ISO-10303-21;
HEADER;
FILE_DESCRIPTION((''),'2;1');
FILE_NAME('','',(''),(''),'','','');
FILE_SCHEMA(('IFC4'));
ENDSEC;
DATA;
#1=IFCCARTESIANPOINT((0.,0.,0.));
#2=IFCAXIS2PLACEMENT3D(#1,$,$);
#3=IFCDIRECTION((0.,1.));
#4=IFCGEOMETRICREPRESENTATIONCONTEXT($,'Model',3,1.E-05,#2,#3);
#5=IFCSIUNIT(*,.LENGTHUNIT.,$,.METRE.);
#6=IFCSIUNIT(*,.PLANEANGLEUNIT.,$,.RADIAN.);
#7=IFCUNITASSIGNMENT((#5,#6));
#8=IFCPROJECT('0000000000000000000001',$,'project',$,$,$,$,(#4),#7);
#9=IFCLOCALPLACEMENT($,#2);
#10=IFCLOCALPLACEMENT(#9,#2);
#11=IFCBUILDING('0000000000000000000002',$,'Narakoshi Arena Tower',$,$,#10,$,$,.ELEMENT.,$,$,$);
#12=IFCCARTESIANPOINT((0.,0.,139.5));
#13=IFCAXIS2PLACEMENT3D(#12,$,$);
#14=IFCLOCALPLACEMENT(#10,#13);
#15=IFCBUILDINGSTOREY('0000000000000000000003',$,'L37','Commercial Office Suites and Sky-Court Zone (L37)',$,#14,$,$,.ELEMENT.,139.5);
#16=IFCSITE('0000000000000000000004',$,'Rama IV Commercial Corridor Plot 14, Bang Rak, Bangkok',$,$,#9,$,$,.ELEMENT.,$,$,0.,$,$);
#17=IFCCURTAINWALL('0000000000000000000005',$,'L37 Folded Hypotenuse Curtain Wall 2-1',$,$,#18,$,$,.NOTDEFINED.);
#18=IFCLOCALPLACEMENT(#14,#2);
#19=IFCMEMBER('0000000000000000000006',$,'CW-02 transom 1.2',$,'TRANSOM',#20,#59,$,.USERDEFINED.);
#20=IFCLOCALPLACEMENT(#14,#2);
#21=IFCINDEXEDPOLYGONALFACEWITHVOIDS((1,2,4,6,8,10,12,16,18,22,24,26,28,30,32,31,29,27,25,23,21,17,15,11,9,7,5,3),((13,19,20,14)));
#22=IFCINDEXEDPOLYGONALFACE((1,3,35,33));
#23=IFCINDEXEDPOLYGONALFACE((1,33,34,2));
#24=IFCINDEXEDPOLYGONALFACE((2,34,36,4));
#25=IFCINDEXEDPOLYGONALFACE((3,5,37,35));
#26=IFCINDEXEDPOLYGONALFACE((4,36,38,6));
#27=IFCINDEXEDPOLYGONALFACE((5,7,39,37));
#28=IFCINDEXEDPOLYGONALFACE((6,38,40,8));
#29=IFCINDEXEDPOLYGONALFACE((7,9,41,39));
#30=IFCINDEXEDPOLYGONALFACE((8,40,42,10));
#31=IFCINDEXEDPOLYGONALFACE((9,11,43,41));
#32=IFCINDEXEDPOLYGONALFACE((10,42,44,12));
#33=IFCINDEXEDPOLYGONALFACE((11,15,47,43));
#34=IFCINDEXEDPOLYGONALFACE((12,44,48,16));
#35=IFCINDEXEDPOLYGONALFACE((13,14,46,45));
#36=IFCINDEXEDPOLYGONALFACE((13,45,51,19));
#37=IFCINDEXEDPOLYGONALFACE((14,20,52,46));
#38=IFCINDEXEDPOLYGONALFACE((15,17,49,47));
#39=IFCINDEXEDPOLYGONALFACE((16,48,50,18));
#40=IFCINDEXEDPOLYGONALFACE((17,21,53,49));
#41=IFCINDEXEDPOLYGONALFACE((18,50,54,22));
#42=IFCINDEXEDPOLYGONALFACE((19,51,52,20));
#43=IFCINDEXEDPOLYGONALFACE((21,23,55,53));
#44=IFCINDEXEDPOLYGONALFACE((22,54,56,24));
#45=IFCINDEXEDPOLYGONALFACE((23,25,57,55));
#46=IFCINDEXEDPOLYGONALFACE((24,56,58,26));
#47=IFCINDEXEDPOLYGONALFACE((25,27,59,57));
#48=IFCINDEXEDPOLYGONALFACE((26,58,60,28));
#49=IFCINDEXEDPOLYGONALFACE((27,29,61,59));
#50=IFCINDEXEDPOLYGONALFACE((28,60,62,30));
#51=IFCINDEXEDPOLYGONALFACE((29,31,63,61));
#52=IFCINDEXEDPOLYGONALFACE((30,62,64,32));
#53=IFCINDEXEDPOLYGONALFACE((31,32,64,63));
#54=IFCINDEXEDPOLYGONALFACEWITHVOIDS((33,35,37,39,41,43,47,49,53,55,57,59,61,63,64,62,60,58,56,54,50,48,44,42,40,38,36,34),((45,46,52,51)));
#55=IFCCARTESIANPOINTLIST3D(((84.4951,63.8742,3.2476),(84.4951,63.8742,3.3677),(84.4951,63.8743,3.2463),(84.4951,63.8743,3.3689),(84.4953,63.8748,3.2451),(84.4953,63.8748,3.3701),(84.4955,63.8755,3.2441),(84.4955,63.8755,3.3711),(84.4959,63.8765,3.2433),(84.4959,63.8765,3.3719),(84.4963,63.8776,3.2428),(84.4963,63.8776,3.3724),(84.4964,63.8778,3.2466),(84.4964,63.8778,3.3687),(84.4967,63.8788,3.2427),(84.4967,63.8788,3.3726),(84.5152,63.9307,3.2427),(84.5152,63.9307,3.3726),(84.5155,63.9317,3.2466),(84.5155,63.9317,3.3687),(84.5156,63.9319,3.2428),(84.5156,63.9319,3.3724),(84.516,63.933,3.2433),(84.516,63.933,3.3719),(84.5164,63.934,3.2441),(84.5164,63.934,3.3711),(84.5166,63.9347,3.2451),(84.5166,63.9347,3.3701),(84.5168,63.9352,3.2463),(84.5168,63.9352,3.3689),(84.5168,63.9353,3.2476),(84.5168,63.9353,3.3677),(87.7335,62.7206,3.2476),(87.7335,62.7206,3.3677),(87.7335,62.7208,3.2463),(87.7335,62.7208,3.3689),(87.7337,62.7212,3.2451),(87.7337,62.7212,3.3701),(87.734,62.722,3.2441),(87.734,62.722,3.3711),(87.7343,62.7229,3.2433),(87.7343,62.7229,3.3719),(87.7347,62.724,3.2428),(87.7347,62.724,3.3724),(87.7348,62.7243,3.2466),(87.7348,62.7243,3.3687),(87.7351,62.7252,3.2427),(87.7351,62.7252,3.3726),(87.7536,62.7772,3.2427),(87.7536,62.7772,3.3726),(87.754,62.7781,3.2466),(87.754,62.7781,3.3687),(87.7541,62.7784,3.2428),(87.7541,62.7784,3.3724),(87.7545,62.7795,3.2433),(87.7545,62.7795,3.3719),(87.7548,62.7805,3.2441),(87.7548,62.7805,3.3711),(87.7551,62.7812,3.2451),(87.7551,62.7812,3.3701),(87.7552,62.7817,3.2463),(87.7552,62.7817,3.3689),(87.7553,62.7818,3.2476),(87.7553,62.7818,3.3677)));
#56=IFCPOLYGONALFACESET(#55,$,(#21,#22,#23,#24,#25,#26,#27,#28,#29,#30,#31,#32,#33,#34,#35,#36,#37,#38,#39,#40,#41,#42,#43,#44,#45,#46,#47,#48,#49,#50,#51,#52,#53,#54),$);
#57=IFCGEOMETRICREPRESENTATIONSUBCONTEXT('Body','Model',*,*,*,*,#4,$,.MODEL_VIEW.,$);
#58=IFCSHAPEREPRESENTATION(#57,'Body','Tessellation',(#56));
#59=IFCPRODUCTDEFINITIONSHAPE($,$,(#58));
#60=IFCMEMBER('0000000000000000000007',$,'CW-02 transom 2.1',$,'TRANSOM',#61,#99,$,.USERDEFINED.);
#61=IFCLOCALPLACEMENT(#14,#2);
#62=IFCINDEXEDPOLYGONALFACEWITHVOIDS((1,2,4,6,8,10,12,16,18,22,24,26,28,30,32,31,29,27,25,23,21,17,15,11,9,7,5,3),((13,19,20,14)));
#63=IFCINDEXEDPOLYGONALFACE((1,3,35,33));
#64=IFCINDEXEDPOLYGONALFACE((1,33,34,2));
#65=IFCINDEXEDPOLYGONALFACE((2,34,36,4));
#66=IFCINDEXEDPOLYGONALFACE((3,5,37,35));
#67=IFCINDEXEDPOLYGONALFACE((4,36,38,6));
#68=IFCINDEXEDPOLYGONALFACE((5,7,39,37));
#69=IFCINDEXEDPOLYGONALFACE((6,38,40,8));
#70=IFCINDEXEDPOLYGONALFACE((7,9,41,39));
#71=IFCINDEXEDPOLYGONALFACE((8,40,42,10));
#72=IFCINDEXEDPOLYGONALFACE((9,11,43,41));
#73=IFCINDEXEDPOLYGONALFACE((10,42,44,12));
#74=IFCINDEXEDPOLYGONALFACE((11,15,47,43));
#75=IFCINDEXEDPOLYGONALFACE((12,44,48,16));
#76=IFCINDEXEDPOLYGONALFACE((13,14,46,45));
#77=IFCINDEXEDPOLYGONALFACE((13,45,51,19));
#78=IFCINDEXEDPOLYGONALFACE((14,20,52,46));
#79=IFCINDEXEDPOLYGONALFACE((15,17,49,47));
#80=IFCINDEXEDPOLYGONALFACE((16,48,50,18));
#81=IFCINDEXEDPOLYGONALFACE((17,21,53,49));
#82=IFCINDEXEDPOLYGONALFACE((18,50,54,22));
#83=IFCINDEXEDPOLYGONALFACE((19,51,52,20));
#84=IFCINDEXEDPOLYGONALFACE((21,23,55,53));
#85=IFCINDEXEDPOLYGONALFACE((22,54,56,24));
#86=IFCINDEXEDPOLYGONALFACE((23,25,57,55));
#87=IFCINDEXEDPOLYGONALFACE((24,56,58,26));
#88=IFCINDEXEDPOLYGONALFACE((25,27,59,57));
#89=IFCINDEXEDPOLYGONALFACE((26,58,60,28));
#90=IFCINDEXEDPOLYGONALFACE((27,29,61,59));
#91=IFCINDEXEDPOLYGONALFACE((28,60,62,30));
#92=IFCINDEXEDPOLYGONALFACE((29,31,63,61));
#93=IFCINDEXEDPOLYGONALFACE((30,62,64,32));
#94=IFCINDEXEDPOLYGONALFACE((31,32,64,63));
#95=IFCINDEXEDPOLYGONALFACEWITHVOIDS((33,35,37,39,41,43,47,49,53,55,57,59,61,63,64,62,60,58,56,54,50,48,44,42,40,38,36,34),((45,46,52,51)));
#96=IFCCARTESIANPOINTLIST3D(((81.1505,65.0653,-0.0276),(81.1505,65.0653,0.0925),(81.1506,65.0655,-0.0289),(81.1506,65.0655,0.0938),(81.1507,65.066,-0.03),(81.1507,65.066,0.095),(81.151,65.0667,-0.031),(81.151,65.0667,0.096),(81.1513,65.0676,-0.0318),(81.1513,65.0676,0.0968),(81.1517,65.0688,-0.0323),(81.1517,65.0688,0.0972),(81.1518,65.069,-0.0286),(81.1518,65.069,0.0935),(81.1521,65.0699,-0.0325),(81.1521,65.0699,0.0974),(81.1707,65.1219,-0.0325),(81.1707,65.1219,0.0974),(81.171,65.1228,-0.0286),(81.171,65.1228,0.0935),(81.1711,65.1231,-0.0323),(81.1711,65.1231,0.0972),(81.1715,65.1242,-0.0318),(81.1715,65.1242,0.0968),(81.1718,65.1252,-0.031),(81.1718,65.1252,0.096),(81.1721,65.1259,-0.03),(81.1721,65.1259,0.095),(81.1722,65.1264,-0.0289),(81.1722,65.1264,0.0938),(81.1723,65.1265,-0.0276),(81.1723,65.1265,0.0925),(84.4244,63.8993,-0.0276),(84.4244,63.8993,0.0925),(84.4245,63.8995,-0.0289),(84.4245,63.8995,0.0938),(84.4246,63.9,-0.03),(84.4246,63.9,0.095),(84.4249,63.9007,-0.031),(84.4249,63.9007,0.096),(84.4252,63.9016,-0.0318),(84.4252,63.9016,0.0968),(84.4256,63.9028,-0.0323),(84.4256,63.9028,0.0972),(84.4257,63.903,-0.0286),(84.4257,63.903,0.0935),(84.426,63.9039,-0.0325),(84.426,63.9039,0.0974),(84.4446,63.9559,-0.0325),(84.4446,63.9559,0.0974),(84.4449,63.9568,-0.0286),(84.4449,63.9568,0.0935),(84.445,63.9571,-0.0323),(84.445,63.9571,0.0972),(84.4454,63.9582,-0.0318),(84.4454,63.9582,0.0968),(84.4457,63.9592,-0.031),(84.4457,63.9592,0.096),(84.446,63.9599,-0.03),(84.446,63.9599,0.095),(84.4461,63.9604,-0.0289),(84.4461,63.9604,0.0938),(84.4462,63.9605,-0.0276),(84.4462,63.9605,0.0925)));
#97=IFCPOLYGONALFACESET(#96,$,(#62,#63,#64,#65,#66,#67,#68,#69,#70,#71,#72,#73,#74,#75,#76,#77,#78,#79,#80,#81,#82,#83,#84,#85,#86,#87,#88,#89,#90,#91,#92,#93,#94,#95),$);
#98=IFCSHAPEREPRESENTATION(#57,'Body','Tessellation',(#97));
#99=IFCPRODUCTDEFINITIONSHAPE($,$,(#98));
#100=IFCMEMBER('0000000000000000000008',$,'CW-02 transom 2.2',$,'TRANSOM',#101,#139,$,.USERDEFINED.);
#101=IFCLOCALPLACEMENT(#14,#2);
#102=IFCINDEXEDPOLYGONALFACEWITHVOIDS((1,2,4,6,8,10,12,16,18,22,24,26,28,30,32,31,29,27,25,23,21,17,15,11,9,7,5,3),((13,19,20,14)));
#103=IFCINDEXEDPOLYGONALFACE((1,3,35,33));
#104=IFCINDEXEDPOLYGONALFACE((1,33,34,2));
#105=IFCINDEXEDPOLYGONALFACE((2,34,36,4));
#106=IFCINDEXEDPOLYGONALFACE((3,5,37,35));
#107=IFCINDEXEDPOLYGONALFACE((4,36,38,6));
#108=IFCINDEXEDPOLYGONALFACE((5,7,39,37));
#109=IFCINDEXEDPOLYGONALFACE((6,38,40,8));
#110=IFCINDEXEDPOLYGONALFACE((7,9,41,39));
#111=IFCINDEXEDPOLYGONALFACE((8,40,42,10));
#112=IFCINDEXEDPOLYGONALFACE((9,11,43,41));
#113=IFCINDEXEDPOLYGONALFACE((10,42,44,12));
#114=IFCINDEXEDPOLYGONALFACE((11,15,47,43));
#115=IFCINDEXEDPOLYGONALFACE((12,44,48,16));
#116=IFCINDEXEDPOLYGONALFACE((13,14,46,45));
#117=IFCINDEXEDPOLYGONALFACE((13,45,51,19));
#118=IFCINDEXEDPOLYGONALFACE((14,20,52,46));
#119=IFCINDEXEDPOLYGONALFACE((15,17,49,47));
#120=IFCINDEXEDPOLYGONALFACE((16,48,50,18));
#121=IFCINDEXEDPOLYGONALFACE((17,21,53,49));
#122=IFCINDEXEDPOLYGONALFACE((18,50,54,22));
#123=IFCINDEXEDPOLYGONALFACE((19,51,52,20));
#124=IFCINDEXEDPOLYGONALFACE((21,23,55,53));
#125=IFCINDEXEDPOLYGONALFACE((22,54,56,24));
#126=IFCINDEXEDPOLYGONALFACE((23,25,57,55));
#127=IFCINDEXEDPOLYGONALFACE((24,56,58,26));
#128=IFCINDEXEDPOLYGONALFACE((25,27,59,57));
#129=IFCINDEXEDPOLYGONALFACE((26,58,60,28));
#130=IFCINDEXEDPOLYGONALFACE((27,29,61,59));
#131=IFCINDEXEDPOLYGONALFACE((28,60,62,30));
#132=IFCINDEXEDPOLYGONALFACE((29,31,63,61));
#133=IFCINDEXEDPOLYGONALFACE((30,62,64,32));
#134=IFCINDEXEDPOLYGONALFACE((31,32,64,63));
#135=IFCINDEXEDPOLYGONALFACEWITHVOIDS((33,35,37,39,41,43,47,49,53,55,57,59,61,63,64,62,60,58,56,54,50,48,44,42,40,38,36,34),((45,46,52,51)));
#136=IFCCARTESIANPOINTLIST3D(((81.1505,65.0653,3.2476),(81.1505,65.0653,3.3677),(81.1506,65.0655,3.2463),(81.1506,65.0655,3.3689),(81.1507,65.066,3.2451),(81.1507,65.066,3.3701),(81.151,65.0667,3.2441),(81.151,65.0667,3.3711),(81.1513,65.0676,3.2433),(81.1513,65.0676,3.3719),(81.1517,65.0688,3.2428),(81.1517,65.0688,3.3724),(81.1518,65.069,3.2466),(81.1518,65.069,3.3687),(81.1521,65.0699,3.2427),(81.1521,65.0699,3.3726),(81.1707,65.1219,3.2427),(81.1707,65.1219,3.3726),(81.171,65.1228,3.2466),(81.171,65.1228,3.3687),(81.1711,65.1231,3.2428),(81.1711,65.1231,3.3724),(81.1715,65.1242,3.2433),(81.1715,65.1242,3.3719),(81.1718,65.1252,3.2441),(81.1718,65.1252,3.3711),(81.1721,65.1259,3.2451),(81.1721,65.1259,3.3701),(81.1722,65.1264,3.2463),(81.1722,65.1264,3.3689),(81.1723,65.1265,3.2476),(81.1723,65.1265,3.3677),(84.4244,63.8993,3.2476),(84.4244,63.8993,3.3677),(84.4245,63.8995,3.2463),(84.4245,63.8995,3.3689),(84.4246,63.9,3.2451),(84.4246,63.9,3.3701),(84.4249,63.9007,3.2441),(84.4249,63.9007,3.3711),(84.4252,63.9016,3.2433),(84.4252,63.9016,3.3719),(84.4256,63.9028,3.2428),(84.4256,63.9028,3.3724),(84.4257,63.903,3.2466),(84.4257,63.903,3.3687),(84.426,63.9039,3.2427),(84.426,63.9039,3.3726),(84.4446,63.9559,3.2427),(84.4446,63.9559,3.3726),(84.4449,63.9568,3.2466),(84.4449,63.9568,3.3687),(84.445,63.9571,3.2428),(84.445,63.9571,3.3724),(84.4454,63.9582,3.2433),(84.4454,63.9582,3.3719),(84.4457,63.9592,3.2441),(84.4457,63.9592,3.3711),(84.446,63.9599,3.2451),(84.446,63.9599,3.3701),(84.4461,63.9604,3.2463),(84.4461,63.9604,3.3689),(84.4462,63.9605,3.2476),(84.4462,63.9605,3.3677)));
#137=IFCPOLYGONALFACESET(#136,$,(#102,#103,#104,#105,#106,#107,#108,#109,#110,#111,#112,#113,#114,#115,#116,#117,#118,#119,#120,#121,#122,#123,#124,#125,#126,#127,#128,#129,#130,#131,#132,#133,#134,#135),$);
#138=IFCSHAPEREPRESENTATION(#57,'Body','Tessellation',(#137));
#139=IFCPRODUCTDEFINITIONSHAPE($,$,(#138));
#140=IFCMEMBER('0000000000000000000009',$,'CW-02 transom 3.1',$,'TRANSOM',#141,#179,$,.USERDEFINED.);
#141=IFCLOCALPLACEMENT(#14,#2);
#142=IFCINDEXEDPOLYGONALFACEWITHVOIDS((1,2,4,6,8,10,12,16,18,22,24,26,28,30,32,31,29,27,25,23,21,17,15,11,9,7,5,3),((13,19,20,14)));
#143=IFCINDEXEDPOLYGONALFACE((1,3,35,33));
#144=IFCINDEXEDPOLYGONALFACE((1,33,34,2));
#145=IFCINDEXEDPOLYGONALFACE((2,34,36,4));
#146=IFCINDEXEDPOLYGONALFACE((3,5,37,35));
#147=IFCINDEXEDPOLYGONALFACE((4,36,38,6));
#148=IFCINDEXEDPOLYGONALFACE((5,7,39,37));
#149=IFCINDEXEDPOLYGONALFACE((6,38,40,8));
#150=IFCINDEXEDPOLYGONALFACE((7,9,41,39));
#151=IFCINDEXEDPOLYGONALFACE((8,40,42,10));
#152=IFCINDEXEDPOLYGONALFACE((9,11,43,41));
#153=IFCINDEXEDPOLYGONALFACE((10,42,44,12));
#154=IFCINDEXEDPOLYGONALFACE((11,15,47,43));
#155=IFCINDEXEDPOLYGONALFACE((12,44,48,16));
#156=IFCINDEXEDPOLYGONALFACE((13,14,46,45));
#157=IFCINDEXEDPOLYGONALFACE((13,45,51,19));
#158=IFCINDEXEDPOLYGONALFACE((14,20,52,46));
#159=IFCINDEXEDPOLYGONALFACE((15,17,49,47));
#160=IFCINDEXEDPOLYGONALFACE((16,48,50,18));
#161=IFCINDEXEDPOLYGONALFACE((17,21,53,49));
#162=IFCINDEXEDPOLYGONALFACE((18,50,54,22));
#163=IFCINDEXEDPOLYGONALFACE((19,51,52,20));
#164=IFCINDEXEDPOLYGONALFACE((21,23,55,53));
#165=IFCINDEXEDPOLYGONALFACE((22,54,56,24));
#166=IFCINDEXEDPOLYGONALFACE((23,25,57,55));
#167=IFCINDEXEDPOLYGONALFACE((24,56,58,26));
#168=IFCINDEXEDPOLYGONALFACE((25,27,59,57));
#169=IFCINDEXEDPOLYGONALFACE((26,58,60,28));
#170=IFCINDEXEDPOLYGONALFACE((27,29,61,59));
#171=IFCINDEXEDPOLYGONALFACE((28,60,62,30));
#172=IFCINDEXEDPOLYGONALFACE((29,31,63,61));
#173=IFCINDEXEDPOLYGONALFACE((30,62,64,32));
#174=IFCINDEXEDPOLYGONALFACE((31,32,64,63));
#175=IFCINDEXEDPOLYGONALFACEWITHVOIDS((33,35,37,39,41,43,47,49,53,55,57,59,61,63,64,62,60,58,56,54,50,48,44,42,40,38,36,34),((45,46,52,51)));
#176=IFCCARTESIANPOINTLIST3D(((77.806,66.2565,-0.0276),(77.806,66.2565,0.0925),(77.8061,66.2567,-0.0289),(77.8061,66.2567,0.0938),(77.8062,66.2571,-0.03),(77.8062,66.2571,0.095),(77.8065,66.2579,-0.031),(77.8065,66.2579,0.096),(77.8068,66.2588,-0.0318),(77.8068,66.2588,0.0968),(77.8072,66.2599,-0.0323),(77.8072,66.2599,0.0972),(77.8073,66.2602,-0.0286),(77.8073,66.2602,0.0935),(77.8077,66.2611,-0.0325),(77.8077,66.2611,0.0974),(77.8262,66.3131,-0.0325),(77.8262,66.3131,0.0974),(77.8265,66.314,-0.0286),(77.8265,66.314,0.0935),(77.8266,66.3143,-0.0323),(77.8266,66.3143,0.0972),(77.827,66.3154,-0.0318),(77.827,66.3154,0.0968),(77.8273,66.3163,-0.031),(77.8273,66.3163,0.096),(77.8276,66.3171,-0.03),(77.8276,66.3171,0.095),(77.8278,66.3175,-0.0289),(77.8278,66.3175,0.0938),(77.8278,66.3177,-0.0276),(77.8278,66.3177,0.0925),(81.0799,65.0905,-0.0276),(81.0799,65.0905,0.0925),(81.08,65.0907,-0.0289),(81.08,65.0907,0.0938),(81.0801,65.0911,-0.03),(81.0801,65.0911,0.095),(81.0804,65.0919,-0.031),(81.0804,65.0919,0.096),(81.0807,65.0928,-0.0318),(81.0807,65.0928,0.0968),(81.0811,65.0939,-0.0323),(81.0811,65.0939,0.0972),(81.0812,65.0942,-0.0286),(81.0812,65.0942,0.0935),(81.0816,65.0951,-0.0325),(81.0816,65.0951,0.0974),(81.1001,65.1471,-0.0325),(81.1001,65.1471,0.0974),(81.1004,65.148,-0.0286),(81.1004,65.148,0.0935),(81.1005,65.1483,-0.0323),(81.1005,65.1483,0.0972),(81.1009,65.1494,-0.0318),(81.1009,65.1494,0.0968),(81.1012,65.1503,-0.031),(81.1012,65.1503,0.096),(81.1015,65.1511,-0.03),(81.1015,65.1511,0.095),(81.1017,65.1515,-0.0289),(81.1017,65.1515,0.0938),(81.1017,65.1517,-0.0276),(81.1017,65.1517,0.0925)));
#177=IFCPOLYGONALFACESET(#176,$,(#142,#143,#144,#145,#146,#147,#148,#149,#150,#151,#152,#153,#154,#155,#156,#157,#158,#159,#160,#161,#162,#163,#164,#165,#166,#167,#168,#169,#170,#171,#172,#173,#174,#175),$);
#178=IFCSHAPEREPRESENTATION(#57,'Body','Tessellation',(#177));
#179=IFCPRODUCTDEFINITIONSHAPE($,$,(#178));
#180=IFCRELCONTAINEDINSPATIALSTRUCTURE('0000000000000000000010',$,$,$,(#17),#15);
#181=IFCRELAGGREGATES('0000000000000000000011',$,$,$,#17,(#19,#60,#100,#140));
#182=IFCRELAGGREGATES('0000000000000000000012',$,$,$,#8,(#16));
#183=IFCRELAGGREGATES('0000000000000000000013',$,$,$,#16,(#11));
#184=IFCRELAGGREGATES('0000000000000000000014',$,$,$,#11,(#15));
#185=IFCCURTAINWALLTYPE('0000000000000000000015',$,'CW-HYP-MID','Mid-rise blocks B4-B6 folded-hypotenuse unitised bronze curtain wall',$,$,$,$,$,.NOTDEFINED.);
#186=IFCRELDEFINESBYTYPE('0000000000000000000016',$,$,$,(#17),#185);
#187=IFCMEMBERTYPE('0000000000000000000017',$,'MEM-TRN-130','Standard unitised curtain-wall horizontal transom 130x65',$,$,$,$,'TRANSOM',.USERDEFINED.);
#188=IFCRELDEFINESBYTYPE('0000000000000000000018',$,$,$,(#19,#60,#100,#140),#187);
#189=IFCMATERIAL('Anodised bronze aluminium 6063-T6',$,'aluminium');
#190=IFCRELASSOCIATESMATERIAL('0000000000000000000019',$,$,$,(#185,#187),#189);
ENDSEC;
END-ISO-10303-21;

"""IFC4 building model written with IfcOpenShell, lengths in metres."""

from ifc_helpers import new_model, si_unit, direction, frame, origin, origin_2d, place, context, subcontext, project, spatial, hollow_rectangle, extrude, material, material_profile, profile_set, type_object, element, aggregate, save


model = new_model("IFC4")

# Units and contexts
model_context = context("Model", 3, precision=1e-05, world=origin(), true_north=direction((0.0, 1.0)))
body_context = subcontext(model_context, "Body", "Model", "MODEL_VIEW")
ifc_project = project(units=[si_unit("LENGTHUNIT", "METRE"), si_unit("PLANEANGLEUNIT", "RADIAN")], contexts=[model_context])

# Site, building, storey
site_placement = place(None, origin())
site = spatial("IfcSite", under=ifc_project, at=site_placement, Name="Rama IV Commercial Corridor Plot 14, Bang Rak, Bangkok", CompositionType="ELEMENT", RefElevation=0.0)
building_placement = place(site_placement, origin())
building = spatial("IfcBuilding", under=site, at=building_placement, Name="Narakoshi Arena Tower", CompositionType="ELEMENT")
storey_placement = place(building_placement, frame((0.0, 0.0, 139.5)))
storey = spatial("IfcBuildingStorey", under=building, at=storey_placement, Name="L37", Description="Commercial Office Suites and Sky-Court Zone (L37)", CompositionType="ELEMENT", Elevation=139.5)

# Shared definitions
ifc_material_1 = material(Name="Anodised bronze aluminium 6063-T6", Category="aluminium")
curtain_wall_type = type_object("IfcCurtainWallType", Name="CW-HYP-MID", Description="Mid-rise blocks B4-B6 folded-hypotenuse unitised bronze curtain wall", PredefinedType="NOTDEFINED", material=ifc_material_1)

# Curtain wall, members
curtain_wall_1_placement = place(storey_placement, origin())
curtain_wall_1 = element("IfcCurtainWall", 1, at=curtain_wall_1_placement, inside=storey, type_object=curtain_wall_type, Name="L37 Folded Hypotenuse Curtain Wall 2-1", PredefinedType="NOTDEFINED")
ifc_material_profile_1 = material_profile(ifc_material_1, hollow_rectangle(XDim=0.0649, YDim=0.1299, WallThickness=0.0039, OuterFilletRadius=0.0049, at=origin_2d()), Name="TRN130x65x4")
ifc_profile_set_1 = profile_set([ifc_material_profile_1], Name="Anodised bronze aluminium 6063-T6")
member_type_1 = type_object("IfcMemberType", Name="MEM-TRN-130", Description="Standard unitised curtain-wall horizontal transom 130x65", ElementType="TRANSOM", PredefinedType="USERDEFINED", material=ifc_profile_set_1)
member_1_placement = place(storey_placement, frame((87.7444, 62.7512, 3.3076), z_axis=(-0.942023, 0.335549, 0.0), x_axis=(-0.335549, -0.942023, 0.0)))
member_1 = element("IfcMember", 2, at=member_1_placement, type_object=member_type_1, Name="CW-02 transom 1.2", ObjectType="TRANSOM", PredefinedType="USERDEFINED", context=body_context, shape_type="SweptSolid", body=[
    extrude(hollow_rectangle(XDim=0.0649, YDim=0.1299, WallThickness=0.0039, OuterFilletRadius=0.0049, at=origin_2d()), origin(), (0.0, 0.0, 1.0), 3.4377),
])
member_2_placement = place(storey_placement, frame((84.4353, 63.9299, 0.0325), z_axis=(-0.942037, 0.335509, 0.0), x_axis=(-0.335509, -0.942037, 0.0)))
member_2 = element("IfcMember", 3, at=member_2_placement, type_object=member_type_1, Name="CW-02 transom 2.1", ObjectType="TRANSOM", PredefinedType="USERDEFINED", context=body_context, shape_type="SweptSolid", body=[
    extrude(hollow_rectangle(XDim=0.0649, YDim=0.1299, WallThickness=0.0039, OuterFilletRadius=0.0049, at=origin_2d()), origin(), (0.0, 0.0, 1.0), 3.4753),
])
member_3_placement = place(storey_placement, frame((84.4353, 63.9299, 3.3076), z_axis=(-0.942037, 0.335509, 0.0), x_axis=(-0.335509, -0.942037, 0.0)))
member_3 = element("IfcMember", 4, at=member_3_placement, type_object=member_type_1, Name="CW-02 transom 2.2", ObjectType="TRANSOM", PredefinedType="USERDEFINED", context=body_context, shape_type="SweptSolid", body=[
    extrude(hollow_rectangle(XDim=0.0649, YDim=0.1299, WallThickness=0.0039, OuterFilletRadius=0.0049, at=origin_2d()), origin(), (0.0, 0.0, 1.0), 3.4753),
])
member_4_placement = place(storey_placement, frame((81.0908, 65.1211, 0.0325), z_axis=(-0.942037, 0.335509, 0.0), x_axis=(-0.335509, -0.942037, 0.0)))
member_4 = element("IfcMember", 5, at=member_4_placement, type_object=member_type_1, Name="CW-02 transom 3.1", ObjectType="TRANSOM", PredefinedType="USERDEFINED", context=body_context, shape_type="SweptSolid", body=[
    extrude(hollow_rectangle(XDim=0.0649, YDim=0.1299, WallThickness=0.0039, OuterFilletRadius=0.0049, at=origin_2d()), origin(), (0.0, 0.0, 1.0), 3.4753),
])
aggregate(curtain_wall_1, [member_1, member_2, member_3, member_4])

save(model, "model.ifc")
